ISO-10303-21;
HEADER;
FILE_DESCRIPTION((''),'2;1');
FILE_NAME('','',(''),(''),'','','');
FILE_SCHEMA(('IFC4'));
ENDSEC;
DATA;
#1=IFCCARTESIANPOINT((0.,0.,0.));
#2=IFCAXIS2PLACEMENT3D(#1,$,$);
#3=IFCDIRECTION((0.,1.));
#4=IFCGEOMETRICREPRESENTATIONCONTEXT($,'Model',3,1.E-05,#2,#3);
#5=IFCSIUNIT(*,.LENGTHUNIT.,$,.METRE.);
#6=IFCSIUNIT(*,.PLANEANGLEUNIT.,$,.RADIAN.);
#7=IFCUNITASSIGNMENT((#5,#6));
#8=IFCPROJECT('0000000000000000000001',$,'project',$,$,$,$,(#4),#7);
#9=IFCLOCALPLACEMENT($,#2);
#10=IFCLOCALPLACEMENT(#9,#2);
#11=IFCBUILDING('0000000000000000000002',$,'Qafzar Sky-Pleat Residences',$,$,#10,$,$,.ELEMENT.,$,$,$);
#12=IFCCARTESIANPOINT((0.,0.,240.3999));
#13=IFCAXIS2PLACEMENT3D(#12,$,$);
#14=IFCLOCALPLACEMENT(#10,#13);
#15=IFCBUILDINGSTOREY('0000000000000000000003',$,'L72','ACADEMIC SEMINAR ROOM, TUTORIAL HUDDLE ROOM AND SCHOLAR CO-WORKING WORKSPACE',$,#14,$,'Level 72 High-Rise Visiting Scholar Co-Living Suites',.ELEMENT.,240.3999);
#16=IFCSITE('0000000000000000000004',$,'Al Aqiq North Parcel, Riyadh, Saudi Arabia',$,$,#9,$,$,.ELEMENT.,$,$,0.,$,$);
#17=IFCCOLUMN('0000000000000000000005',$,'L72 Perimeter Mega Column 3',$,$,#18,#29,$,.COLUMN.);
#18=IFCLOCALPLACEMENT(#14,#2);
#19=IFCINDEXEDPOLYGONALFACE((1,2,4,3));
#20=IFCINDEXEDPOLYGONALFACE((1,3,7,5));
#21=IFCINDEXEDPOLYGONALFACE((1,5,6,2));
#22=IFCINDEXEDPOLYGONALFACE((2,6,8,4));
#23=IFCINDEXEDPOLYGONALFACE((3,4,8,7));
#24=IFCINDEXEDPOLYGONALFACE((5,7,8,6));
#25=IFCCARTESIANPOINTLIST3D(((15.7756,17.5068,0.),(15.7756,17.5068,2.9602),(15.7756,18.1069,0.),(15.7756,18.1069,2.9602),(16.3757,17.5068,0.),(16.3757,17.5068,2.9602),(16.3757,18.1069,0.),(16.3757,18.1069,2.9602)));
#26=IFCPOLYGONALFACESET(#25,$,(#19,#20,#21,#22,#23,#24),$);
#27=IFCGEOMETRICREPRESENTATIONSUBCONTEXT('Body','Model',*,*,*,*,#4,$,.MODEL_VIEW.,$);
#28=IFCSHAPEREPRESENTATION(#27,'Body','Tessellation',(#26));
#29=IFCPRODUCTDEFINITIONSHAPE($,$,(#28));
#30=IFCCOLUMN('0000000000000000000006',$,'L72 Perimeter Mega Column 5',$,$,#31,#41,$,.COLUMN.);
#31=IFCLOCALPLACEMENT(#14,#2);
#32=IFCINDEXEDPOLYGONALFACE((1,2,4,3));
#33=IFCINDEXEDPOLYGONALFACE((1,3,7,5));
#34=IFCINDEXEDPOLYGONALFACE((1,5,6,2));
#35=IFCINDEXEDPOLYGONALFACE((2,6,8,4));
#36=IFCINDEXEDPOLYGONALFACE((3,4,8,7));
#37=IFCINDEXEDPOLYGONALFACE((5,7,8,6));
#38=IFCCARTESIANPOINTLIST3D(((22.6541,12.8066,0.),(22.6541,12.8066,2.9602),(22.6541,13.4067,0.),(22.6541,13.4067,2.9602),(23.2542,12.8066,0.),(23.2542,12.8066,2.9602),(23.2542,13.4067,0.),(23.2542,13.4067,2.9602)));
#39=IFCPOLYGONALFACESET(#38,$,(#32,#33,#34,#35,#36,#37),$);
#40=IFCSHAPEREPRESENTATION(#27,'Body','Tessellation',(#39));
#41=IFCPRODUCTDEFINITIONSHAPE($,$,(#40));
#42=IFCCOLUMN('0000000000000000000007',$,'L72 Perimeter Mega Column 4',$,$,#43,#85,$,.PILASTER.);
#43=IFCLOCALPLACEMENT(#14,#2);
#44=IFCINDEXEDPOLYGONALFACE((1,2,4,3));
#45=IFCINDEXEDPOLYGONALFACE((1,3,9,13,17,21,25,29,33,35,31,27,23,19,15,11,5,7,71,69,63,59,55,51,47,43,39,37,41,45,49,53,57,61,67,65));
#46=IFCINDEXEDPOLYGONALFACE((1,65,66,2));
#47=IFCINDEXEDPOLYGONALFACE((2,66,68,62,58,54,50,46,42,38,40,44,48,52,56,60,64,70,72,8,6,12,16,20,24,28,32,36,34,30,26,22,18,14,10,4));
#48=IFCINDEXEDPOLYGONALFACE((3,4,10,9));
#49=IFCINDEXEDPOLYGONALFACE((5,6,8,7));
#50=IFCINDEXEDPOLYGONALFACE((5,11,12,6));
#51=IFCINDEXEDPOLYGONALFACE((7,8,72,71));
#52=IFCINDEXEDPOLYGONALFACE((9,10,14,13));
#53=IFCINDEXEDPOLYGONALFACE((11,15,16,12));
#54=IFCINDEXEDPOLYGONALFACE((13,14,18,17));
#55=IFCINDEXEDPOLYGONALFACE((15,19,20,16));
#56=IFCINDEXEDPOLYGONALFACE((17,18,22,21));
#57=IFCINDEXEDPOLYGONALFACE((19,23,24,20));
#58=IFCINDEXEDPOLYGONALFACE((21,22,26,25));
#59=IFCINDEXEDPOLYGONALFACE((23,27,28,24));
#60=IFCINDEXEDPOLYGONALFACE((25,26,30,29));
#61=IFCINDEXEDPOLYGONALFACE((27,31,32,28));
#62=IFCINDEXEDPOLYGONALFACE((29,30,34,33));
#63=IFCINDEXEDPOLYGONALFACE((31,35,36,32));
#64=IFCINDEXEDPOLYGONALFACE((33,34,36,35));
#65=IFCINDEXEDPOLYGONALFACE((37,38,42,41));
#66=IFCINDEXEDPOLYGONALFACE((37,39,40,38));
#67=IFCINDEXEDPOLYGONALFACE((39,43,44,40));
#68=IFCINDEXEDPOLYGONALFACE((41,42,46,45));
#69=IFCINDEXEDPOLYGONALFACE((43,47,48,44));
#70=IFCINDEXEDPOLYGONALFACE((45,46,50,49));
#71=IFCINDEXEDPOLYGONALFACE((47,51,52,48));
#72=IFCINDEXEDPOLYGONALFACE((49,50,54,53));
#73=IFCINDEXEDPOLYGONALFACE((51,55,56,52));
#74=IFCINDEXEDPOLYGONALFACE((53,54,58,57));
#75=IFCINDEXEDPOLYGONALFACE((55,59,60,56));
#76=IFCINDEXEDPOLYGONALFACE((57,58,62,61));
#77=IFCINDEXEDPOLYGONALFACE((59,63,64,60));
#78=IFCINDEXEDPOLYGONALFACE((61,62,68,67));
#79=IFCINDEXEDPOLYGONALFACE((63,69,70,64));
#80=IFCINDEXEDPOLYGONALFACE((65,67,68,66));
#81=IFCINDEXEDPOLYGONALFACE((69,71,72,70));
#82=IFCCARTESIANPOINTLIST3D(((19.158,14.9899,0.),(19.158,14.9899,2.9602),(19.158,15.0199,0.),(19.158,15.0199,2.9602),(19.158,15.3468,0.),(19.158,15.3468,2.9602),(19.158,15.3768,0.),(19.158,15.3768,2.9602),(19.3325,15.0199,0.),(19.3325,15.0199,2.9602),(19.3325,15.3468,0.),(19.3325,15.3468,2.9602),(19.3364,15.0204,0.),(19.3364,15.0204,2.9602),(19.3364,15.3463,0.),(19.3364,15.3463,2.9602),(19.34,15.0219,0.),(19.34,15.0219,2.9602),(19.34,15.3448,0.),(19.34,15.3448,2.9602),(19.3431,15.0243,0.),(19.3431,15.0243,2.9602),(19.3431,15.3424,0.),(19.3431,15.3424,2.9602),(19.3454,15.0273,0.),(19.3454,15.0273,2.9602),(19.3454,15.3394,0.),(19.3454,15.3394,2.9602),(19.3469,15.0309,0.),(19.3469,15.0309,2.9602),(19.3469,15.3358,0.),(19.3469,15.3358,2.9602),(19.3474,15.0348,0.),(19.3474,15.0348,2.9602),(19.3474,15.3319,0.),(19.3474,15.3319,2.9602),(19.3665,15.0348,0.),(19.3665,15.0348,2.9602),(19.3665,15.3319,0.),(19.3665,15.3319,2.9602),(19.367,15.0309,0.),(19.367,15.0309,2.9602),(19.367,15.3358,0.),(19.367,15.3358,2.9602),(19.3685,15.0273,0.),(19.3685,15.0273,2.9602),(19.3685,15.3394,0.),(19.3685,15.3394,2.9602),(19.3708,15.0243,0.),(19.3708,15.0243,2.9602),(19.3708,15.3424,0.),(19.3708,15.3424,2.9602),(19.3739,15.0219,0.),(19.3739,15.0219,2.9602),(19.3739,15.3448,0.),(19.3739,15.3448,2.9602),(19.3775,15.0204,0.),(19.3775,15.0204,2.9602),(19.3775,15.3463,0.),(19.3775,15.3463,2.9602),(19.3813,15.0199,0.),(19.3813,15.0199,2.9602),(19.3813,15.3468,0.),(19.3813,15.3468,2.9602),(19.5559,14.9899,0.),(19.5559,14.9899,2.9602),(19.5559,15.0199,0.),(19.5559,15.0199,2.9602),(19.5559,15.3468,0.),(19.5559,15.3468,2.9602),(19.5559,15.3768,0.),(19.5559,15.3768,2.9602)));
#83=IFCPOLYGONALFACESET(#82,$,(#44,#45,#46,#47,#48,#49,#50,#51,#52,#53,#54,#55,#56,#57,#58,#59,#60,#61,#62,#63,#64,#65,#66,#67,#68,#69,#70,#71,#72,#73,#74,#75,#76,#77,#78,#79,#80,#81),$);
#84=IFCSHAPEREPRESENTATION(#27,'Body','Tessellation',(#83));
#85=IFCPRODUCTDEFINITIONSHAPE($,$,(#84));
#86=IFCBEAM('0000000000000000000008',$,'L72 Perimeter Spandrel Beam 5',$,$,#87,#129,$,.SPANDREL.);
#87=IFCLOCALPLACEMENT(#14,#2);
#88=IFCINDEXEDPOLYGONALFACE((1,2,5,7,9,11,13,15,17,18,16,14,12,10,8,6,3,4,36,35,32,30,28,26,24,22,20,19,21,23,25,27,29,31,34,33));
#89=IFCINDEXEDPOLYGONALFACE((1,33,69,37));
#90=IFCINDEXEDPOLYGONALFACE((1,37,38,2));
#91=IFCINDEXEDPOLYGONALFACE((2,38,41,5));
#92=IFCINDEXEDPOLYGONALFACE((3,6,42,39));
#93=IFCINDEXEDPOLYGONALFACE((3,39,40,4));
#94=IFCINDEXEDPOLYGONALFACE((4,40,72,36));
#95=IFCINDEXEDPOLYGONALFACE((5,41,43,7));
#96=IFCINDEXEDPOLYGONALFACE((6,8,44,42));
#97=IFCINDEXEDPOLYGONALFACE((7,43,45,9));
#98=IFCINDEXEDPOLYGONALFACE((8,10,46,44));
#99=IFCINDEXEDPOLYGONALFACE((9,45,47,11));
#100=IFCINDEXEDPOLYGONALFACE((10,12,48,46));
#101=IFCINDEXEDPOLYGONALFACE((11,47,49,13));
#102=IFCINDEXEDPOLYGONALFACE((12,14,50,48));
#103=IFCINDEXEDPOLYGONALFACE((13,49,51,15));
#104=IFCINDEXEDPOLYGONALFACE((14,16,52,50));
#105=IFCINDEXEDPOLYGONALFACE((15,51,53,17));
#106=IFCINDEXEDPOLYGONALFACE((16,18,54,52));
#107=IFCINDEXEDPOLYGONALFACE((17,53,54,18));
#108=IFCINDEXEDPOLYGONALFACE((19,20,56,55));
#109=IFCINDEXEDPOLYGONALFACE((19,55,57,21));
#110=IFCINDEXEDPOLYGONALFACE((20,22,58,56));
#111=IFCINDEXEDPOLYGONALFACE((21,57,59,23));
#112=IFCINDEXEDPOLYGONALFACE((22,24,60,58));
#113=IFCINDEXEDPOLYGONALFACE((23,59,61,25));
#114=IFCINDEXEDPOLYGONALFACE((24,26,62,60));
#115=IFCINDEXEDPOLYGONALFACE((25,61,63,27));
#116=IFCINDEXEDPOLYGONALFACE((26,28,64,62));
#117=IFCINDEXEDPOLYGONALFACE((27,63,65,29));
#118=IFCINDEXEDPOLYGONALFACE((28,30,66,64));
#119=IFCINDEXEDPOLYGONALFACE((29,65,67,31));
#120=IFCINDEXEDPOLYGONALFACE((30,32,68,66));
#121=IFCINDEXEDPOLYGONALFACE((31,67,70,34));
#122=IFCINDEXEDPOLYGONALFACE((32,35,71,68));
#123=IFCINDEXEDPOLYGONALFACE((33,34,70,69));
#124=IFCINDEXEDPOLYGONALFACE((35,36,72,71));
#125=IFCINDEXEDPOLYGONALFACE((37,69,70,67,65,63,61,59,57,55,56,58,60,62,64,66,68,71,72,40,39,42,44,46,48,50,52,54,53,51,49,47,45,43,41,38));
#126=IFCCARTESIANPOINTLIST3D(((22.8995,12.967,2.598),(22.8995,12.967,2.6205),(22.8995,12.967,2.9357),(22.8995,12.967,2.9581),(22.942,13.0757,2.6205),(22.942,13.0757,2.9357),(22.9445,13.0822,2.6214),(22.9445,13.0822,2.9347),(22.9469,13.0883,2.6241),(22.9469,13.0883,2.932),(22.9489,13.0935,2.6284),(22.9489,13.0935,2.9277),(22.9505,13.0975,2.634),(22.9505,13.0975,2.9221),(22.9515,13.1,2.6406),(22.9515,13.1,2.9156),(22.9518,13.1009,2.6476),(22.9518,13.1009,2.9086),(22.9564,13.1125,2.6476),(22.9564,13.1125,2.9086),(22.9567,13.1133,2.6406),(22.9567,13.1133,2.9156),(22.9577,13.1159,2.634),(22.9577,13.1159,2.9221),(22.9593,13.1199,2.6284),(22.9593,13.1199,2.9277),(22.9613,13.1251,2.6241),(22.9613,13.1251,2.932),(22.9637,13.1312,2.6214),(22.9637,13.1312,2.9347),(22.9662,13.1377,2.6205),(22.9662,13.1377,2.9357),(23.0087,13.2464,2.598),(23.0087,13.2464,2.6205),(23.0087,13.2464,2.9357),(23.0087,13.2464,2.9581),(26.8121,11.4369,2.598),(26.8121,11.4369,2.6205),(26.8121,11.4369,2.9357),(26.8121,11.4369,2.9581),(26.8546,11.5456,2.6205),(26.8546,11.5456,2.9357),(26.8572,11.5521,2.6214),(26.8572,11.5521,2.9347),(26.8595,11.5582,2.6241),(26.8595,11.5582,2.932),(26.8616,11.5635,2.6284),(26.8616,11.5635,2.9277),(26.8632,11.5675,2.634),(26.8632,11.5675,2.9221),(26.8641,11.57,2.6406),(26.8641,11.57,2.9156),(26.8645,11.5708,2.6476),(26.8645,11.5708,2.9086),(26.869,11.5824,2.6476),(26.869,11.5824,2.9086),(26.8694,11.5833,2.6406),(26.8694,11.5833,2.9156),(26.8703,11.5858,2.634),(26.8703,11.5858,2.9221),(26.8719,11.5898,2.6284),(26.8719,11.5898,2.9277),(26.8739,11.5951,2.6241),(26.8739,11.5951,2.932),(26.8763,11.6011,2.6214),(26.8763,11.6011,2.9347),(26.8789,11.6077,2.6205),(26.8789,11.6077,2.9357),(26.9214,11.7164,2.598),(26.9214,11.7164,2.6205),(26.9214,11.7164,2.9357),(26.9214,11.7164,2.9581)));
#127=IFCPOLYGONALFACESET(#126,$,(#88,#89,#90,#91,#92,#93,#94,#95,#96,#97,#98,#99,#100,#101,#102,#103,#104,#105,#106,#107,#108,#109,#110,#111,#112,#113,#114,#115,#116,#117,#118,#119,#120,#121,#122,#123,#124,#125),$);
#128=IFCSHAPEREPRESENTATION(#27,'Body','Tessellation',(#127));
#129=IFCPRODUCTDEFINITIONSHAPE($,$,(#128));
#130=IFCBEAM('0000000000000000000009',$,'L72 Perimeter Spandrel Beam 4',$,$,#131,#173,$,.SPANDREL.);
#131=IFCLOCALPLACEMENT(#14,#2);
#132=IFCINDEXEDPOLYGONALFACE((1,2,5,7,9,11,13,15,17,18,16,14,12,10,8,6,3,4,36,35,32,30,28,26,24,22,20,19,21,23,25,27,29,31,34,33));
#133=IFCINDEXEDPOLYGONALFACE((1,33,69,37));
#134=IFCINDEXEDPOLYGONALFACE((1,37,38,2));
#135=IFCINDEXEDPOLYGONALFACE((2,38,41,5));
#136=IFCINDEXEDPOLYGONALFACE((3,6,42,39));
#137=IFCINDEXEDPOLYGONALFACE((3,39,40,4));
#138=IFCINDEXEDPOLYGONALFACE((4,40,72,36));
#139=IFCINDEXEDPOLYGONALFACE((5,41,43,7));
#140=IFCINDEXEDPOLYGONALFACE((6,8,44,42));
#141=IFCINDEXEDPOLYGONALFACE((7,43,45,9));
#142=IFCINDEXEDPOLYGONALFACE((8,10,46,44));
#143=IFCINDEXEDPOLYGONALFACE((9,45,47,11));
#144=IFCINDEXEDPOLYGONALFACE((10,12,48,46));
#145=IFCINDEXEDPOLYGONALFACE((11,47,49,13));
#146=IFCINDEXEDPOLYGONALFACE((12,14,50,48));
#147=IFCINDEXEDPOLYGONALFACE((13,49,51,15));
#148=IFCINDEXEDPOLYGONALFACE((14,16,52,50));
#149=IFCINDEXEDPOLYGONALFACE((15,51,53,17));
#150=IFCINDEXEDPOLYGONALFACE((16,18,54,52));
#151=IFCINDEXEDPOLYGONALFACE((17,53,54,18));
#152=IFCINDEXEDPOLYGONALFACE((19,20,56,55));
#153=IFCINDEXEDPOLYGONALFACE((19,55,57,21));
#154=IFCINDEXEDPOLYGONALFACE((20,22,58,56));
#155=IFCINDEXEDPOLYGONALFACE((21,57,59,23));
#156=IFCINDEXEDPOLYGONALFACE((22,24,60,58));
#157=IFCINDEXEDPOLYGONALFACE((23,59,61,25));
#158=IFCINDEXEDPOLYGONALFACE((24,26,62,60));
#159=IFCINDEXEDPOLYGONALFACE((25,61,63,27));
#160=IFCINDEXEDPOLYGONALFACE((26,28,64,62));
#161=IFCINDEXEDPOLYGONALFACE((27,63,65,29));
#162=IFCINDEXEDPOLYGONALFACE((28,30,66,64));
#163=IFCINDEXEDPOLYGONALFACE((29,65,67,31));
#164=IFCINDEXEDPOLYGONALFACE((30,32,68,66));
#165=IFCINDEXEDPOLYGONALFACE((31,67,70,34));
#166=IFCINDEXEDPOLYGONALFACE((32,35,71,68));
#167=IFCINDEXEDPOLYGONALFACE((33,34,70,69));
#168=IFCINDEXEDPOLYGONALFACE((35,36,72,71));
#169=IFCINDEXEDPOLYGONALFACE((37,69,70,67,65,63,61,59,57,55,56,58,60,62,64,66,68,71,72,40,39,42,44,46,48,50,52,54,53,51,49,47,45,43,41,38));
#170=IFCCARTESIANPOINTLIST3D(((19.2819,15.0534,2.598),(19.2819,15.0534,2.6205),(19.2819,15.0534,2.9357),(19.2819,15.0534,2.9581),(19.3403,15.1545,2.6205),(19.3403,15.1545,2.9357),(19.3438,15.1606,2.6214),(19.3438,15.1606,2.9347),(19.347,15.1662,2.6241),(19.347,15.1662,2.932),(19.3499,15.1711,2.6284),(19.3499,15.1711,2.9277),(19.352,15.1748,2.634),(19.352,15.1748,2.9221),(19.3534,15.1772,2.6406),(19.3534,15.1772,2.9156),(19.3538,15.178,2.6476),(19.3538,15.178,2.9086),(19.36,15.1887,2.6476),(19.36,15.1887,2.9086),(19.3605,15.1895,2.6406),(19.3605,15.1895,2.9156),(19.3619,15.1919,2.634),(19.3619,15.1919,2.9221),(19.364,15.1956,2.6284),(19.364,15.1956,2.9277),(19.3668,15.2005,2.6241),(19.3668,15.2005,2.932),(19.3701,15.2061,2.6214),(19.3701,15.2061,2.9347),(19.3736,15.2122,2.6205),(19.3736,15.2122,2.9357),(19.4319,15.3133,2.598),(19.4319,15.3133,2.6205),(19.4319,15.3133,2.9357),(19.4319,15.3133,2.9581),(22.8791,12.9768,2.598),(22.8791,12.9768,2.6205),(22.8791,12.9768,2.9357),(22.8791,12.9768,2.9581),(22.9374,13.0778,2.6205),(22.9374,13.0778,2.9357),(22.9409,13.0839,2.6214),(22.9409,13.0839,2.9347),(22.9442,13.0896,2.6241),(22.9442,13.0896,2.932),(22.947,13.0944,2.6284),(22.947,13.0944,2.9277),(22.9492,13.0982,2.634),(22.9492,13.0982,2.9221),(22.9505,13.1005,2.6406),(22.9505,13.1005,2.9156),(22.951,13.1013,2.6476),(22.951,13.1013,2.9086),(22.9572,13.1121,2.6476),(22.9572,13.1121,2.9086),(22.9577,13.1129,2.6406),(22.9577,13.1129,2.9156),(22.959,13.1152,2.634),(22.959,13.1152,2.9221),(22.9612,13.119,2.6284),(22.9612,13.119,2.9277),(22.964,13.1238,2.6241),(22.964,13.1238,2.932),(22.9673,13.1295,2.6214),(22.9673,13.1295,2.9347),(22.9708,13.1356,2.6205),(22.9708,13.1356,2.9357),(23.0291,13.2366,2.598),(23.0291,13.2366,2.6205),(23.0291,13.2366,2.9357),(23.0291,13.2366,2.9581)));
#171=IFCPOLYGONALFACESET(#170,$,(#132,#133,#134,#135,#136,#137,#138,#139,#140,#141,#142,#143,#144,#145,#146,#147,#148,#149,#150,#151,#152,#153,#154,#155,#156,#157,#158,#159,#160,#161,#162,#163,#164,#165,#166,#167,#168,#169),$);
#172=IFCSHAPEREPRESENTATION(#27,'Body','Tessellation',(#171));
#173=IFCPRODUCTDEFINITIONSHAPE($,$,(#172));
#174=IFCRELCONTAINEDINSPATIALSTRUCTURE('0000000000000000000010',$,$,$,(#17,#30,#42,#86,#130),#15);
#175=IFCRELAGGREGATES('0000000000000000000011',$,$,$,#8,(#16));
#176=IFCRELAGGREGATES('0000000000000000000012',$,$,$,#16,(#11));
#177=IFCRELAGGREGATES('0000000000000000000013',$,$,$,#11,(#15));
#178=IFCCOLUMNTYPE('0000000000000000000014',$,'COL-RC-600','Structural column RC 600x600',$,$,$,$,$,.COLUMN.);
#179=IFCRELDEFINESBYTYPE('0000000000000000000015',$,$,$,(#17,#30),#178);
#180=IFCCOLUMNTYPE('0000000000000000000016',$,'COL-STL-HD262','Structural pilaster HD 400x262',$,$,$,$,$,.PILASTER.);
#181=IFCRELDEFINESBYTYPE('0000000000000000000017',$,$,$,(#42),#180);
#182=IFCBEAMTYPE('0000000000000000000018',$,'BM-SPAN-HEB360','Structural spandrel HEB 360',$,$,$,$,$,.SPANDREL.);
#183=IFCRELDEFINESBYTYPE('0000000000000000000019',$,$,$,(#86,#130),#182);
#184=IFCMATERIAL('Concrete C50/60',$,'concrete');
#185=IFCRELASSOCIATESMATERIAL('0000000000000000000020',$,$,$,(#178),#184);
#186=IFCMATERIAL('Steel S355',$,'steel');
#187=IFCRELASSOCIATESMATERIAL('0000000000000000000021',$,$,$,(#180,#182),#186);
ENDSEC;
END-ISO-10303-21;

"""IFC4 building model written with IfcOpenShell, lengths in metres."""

from ifc_helpers import new_model, si_unit, direction, frame, origin, origin_2d, place, context, subcontext, project, spatial, rectangle, i_section, extrude, source, transform, mapped, material, material_profile, profile_set, type_object, element, save


model = new_model("IFC4")

# Units and contexts
model_context = context("Model", 3, precision=1e-05, world=origin(), true_north=direction((0.0, 1.0)))
body_context = subcontext(model_context, "Body", "Model", "MODEL_VIEW")
ifc_project = project(units=[si_unit("LENGTHUNIT", "METRE"), si_unit("PLANEANGLEUNIT", "RADIAN")], contexts=[model_context])

# Site, building, storey
site_placement = place(None, origin())
site = spatial("IfcSite", under=ifc_project, at=site_placement, Name="Al Aqiq North Parcel, Riyadh, Saudi Arabia", CompositionType="ELEMENT", RefElevation=0.0)
building_placement = place(site_placement, origin())
building = spatial("IfcBuilding", under=site, at=building_placement, Name="Qafzar Sky-Pleat Residences", CompositionType="ELEMENT")
storey_placement = place(building_placement, frame((0.0, 0.0, 240.3999)))
storey = spatial("IfcBuildingStorey", under=building, at=storey_placement, Name="L72", Description="ACADEMIC SEMINAR ROOM, TUTORIAL HUDDLE ROOM AND SCHOLAR CO-WORKING WORKSPACE", LongName="Level 72 High-Rise Visiting Scholar Co-Living Suites", CompositionType="ELEMENT", Elevation=240.3999)

# Columns
ifc_material_1 = material(Name="Concrete C50/60", Category="concrete")
ifc_material_profile_1 = material_profile(ifc_material_1, rectangle(XDim=0.6001, YDim=0.6001, at=origin_2d()), Name="RC 600x600")
ifc_profile_set_1 = profile_set([ifc_material_profile_1], Name="Concrete C50/60")
column_type_1 = type_object("IfcColumnType", Name="COL-RC-600", Description="Structural column RC 600x600", PredefinedType="COLUMN", material=ifc_profile_set_1)
shared_shape_1 = source(origin(), body_context, "Body", "SweptSolid", [
    extrude(rectangle(XDim=0.6001, YDim=0.6001, at=origin_2d()), origin(), (0.0, 0.0, 1.0), 2.9602),
])
for number, where, z_axis, x_axis, name in (
    (1, (16.0757, 17.8069, 0.0), (0.0, 0.0, 1.0), (1.0, 0.0, 0.0), "L72 Perimeter Mega Column 3"),
    (2, (22.9541, 13.1067, 0.0), (0.0, 0.0, 1.0), (1.0, 0.0, 0.0), "L72 Perimeter Mega Column 5"),
):
    element("IfcColumn", number, at=place(storey_placement, frame(where, z_axis=z_axis, x_axis=x_axis)), inside=storey, type_object=column_type_1, Name=name, PredefinedType="COLUMN", context=body_context, shape_type="MappedRepresentation", body=[
        mapped(shared_shape_1, transform((0.0, 0.0, 0.0), x_axis=(1.0, 0.0, 0.0), y_axis=(0.0, 1.0, 0.0), z_axis=(0.0, 0.0, 1.0), scale=1.0)),
    ])
ifc_material_2 = material(Name="Steel S355", Category="steel")
ifc_material_profile_2 = material_profile(ifc_material_2, i_section(OverallWidth=0.3979, OverallDepth=0.387, WebThickness=0.019, FlangeThickness=0.03, FilletRadius=0.0149, at=origin_2d()), Name="HD 400x262")
ifc_profile_set_2 = profile_set([ifc_material_profile_2], Name="Steel S355")
column_type_2 = type_object("IfcColumnType", Name="COL-STL-HD262", Description="Structural pilaster HD 400x262", PredefinedType="PILASTER", material=ifc_profile_set_2)
shared_shape_2 = source(origin(), body_context, "Body", "SweptSolid", [
    extrude(i_section(OverallWidth=0.3979, OverallDepth=0.387, WebThickness=0.019, FlangeThickness=0.03, FilletRadius=0.0149, at=origin_2d()), origin(), (0.0, 0.0, 1.0), 2.9602),
])
column_placement = place(storey_placement, frame((19.3569, 15.1833, 0.0), z_axis=(0.0, 0.0, 1.0), x_axis=(1.0, 0.0, 0.0)))
element("IfcColumn", 3, at=column_placement, inside=storey, type_object=column_type_2, Name="L72 Perimeter Mega Column 4", PredefinedType="PILASTER", context=body_context, shape_type="MappedRepresentation", body=[
    mapped(shared_shape_2, transform((0.0, 0.0, 0.0), x_axis=(1.0, 0.0, 0.0), y_axis=(0.0, 1.0, 0.0), z_axis=(0.0, 0.0, 1.0), scale=1.0)),
])

# Beams
ifc_material_profile_3 = material_profile(ifc_material_2, i_section(OverallWidth=0.3, OverallDepth=0.3601, WebThickness=0.0125, FlangeThickness=0.0225, FilletRadius=0.0271, at=origin_2d()), Name="HEB 360")
ifc_profile_set_3 = profile_set([ifc_material_profile_3], Name="Steel S355")
beam_type_1 = type_object("IfcBeamType", Name="BM-SPAN-HEB360", Description="Structural spandrel HEB 360", PredefinedType="SPANDREL", material=ifc_profile_set_3)
shared_shape_3 = source(origin(), body_context, "Body", "SweptSolid", [
    extrude(i_section(OverallWidth=0.3, OverallDepth=0.3601, WebThickness=0.0125, FlangeThickness=0.0225, FilletRadius=0.0271, at=origin_2d()), origin(), (0.0, 0.0, 1.0), 4.2012),
])
beam_1_placement = place(storey_placement, frame((22.9541, 13.1067, 2.7781), z_axis=(0.931322, -0.364196, 0.0), x_axis=(0.364196, 0.931322, 0.0)))
element("IfcBeam", 4, at=beam_1_placement, inside=storey, type_object=beam_type_1, Name="L72 Perimeter Spandrel Beam 5", PredefinedType="SPANDREL", context=body_context, shape_type="MappedRepresentation", body=[
    mapped(shared_shape_3, transform((0.0, 0.0, 0.0), x_axis=(1.0, 0.0, 0.0), y_axis=(0.0, 1.0, 0.0), z_axis=(0.0, 0.0, 1.0), scale=1.0)),
])
shared_shape_4 = source(origin(), body_context, "Body", "SweptSolid", [
    extrude(i_section(OverallWidth=0.3, OverallDepth=0.3601, WebThickness=0.0125, FlangeThickness=0.0225, FilletRadius=0.0271, at=origin_2d()), origin(), (0.0, 0.0, 1.0), 4.1536),
])
beam_2_placement = place(storey_placement, frame((19.3569, 15.1833, 2.7781), z_axis=(0.866043, -0.49997, 0.0), x_axis=(0.49997, 0.866043, 0.0)))
element("IfcBeam", 5, at=beam_2_placement, inside=storey, type_object=beam_type_1, Name="L72 Perimeter Spandrel Beam 4", PredefinedType="SPANDREL", context=body_context, shape_type="MappedRepresentation", body=[
    mapped(shared_shape_4, transform((0.0, 0.0, 0.0), x_axis=(1.0, 0.0, 0.0), y_axis=(0.0, 1.0, 0.0), z_axis=(0.0, 0.0, 1.0), scale=1.0)),
])

save(model, "model.ifc")
